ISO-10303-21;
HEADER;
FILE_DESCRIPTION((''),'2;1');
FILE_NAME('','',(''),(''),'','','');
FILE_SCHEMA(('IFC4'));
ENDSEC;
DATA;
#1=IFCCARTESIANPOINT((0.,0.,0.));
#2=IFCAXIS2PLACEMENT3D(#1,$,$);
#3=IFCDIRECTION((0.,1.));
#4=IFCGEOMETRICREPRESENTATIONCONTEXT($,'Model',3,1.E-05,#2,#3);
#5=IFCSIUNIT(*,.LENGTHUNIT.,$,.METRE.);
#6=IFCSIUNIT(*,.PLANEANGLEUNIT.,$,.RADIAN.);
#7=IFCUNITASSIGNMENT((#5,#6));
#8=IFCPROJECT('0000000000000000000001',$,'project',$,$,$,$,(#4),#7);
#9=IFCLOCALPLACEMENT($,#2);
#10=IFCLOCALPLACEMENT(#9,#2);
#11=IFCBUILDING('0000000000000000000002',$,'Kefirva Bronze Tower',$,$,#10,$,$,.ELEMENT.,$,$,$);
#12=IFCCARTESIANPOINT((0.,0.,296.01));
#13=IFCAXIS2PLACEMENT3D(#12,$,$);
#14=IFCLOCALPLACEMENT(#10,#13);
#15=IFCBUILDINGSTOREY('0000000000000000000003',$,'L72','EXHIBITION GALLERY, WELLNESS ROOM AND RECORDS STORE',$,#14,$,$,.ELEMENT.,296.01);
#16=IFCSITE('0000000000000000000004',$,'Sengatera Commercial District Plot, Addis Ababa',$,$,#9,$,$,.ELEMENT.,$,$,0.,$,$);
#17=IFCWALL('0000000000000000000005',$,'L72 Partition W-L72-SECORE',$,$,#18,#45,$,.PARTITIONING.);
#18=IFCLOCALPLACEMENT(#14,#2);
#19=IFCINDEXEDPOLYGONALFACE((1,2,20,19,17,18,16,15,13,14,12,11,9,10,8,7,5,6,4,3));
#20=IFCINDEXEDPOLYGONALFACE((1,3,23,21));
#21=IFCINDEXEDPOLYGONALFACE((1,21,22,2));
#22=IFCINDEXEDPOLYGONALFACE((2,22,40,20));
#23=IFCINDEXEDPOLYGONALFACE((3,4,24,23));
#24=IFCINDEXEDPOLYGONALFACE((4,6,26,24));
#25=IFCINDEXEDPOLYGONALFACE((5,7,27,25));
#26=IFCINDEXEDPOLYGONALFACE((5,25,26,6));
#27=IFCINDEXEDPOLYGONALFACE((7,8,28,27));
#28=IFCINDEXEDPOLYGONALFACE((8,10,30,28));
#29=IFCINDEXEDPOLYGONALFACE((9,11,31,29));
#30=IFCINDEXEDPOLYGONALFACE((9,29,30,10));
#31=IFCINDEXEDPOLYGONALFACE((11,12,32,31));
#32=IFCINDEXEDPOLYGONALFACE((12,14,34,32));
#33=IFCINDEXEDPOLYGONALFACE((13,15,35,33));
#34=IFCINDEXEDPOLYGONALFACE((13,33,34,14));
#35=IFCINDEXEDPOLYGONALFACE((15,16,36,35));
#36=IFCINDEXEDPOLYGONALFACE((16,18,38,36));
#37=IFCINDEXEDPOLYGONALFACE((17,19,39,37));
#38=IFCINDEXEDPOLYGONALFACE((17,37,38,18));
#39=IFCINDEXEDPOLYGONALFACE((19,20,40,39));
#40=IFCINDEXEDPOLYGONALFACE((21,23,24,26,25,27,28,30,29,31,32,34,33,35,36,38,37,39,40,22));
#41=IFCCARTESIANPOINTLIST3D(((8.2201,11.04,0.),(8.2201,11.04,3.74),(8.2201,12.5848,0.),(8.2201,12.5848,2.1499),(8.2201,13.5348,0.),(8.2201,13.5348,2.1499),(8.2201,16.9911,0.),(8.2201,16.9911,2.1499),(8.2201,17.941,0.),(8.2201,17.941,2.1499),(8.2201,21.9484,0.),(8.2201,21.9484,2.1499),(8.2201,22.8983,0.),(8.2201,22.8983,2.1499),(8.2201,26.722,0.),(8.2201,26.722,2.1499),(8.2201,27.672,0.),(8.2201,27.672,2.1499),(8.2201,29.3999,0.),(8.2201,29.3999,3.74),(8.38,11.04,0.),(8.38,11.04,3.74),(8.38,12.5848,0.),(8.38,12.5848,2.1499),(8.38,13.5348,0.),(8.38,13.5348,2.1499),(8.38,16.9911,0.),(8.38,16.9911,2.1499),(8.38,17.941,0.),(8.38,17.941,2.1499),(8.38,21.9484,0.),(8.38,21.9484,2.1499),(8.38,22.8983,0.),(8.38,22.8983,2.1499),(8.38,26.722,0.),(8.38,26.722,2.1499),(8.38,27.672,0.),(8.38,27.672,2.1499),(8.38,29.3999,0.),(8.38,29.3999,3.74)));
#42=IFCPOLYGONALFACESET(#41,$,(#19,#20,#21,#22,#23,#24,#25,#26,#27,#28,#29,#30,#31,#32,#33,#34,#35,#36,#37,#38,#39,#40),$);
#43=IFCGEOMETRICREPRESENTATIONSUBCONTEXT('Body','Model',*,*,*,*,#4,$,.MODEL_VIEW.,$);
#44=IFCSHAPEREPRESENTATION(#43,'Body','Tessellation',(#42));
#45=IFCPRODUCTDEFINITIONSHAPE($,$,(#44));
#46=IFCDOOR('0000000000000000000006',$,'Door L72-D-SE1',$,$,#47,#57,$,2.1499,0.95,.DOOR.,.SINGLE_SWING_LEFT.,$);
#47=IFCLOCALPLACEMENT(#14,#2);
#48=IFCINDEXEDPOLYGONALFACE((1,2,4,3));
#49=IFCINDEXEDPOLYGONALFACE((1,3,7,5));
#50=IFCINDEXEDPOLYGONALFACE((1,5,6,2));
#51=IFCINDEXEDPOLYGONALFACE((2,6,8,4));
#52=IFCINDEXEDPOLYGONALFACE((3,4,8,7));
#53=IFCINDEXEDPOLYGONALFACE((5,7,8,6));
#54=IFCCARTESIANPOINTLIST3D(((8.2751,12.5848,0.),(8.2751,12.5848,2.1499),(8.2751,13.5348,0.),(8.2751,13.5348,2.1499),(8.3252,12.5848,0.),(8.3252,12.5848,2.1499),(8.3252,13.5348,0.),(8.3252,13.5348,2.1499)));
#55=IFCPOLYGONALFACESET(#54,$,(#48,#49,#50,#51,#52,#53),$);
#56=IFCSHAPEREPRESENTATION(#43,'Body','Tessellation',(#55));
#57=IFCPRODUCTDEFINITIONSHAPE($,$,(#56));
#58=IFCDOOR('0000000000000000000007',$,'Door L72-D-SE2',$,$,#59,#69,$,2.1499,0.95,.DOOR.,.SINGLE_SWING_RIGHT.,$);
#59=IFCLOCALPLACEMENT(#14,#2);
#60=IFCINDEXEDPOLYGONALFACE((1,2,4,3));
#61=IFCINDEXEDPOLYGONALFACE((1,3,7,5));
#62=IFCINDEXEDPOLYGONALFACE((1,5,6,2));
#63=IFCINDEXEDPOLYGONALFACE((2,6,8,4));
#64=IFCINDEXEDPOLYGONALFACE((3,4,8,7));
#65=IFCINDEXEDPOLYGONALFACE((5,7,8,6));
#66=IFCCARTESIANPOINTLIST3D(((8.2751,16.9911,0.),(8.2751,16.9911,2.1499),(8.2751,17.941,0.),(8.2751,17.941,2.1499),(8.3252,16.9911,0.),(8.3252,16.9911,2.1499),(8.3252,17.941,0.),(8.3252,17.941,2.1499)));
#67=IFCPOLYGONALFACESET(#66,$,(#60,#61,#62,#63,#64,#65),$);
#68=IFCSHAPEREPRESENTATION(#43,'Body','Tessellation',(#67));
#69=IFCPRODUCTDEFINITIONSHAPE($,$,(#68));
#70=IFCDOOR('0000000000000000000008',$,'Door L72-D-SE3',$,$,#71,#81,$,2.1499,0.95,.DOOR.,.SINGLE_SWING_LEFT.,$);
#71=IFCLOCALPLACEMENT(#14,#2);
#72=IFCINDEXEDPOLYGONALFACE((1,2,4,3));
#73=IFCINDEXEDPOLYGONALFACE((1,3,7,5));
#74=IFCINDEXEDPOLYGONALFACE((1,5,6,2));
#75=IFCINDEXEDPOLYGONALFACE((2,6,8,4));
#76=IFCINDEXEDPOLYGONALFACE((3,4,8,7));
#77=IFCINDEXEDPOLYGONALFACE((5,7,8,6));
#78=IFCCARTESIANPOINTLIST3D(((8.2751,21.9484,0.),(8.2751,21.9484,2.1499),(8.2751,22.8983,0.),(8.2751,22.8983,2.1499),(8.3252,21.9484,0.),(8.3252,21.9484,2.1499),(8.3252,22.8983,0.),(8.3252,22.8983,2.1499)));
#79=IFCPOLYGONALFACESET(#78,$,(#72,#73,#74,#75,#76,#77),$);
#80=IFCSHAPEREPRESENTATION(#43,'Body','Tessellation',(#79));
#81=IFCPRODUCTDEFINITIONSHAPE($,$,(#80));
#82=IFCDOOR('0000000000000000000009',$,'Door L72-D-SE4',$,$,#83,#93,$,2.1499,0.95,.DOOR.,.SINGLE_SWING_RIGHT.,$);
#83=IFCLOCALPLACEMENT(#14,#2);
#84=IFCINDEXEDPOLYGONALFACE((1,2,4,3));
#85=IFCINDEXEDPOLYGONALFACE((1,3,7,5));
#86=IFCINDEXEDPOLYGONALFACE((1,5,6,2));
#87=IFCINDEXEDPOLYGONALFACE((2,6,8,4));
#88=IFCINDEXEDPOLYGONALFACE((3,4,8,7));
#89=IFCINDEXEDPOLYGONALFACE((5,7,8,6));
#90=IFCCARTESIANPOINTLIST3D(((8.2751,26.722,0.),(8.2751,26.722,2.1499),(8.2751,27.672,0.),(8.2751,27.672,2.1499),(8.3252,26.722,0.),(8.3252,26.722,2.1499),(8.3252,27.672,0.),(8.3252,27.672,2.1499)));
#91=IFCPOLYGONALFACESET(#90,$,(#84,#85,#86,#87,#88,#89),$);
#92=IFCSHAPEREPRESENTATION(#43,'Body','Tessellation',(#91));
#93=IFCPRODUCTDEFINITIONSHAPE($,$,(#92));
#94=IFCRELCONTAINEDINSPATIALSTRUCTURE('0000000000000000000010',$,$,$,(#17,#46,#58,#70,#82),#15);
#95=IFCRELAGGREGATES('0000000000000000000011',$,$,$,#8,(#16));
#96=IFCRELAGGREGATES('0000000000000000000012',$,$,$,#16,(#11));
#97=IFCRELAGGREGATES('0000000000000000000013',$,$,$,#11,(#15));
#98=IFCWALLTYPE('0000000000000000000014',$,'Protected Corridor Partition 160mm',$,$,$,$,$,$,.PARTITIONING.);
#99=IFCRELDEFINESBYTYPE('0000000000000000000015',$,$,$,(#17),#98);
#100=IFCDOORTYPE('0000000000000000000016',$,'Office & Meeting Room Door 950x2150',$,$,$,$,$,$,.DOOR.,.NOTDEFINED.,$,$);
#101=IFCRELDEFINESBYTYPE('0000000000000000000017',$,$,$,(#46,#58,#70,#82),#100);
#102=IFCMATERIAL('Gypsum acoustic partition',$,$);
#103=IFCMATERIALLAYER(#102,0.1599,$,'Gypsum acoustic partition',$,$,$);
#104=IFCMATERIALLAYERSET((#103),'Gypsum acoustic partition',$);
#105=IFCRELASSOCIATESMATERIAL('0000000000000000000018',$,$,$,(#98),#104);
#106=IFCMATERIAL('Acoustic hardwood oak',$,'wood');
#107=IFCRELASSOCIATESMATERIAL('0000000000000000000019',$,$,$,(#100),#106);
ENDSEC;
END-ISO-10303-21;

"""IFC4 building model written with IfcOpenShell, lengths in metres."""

from ifc_helpers import new_model, si_unit, direction, frame, frame_2d, origin, place, context, subcontext, project, spatial, rectangle, extrude, material, layer, layer_set, type_object, element, fill, save


model = new_model("IFC4")

# Units and contexts
model_context = context("Model", 3, precision=1e-05, world=origin(), true_north=direction((0.0, 1.0)))
body_context = subcontext(model_context, "Body", "Model", "MODEL_VIEW")
ifc_project = project(units=[si_unit("LENGTHUNIT", "METRE"), si_unit("PLANEANGLEUNIT", "RADIAN")], contexts=[model_context])

# Site, building, storey
site_placement = place(None, origin())
site = spatial("IfcSite", under=ifc_project, at=site_placement, Name="Sengatera Commercial District Plot, Addis Ababa", CompositionType="ELEMENT", RefElevation=0.0)
building_placement = place(site_placement, origin())
building = spatial("IfcBuilding", under=site, at=building_placement, Name="Kefirva Bronze Tower", CompositionType="ELEMENT")
storey_placement = place(building_placement, frame((0.0, 0.0, 296.01)))
storey = spatial("IfcBuildingStorey", under=building, at=storey_placement, Name="L72", Description="EXHIBITION GALLERY, WELLNESS ROOM AND RECORDS STORE", CompositionType="ELEMENT", Elevation=296.01)

# Shared definitions
ifc_material_1 = material(Name="Gypsum acoustic partition")

# Wall, openings, doors
ifc_layer_1 = layer(ifc_material_1, 0.1599, Name="Gypsum acoustic partition")
ifc_layer_set_1 = layer_set([ifc_layer_1], Name="Gypsum acoustic partition")
wall_type_1 = type_object("IfcWallType", Name="Protected Corridor Partition 160mm", PredefinedType="PARTITIONING", material=ifc_layer_set_1)
wall_1_placement = place(storey_placement, frame((8.3, 11.04, 0.0), z_axis=(0.0, 0.0, 1.0), x_axis=(0.0, 1.0, 0.0)))
wall_1 = element("IfcWall", 1, at=wall_1_placement, inside=storey, type_object=wall_type_1, Name="L72 Partition W-L72-SECORE", PredefinedType="PARTITIONING", context=body_context, shape_type="SweptSolid", body=[
    extrude(rectangle(XDim=18.3599, YDim=0.1599, at=frame_2d((9.1799, 0.0))), origin(), (0.0, 0.0, 1.0), 3.74),
])
opening_1_placement = place(wall_1_placement, frame((1.5447, 0.0, 0.0)))
opening_1 = element("IfcOpeningElement", 2, at=opening_1_placement, cuts=wall_1, PredefinedType="OPENING", context=body_context, shape_type="SweptSolid", body=[
    extrude(rectangle(XDim=0.95, YDim=2.1499, at=frame_2d((0.4751, 1.075))), frame((0.0, 0.0898, 0.0), z_axis=(0.0, -1.0, 0.0), x_axis=(1.0, 0.0, 0.0)), (0.0, 0.0, 1.0), 0.1799),
])
opening_2_placement = place(wall_1_placement, frame((5.9509, 0.0, 0.0)))
opening_2 = element("IfcOpeningElement", 3, at=opening_2_placement, cuts=wall_1, PredefinedType="OPENING", context=body_context, shape_type="SweptSolid", body=[
    extrude(rectangle(XDim=0.95, YDim=2.1499, at=frame_2d((0.4751, 1.075))), frame((0.0, 0.0898, 0.0), z_axis=(0.0, -1.0, 0.0), x_axis=(1.0, 0.0, 0.0)), (0.0, 0.0, 1.0), 0.1799),
])
opening_3_placement = place(wall_1_placement, frame((10.9082, 0.0, 0.0)))
opening_3 = element("IfcOpeningElement", 4, at=opening_3_placement, cuts=wall_1, PredefinedType="OPENING", context=body_context, shape_type="SweptSolid", body=[
    extrude(rectangle(XDim=0.95, YDim=2.1499, at=frame_2d((0.4751, 1.075))), frame((0.0, 0.0898, 0.0), z_axis=(0.0, -1.0, 0.0), x_axis=(1.0, 0.0, 0.0)), (0.0, 0.0, 1.0), 0.1799),
])
opening_4_placement = place(wall_1_placement, frame((15.6819, 0.0, 0.0)))
opening_4 = element("IfcOpeningElement", 5, at=opening_4_placement, cuts=wall_1, PredefinedType="OPENING", context=body_context, shape_type="SweptSolid", body=[
    extrude(rectangle(XDim=0.95, YDim=2.1499, at=frame_2d((0.4751, 1.075))), frame((0.0, 0.0898, 0.0), z_axis=(0.0, -1.0, 0.0), x_axis=(1.0, 0.0, 0.0)), (0.0, 0.0, 1.0), 0.1799),
])
ifc_material_2 = material(Name="Acoustic hardwood oak", Category="wood")
door_type = type_object("IfcDoorType", Name="Office & Meeting Room Door 950x2150", OperationType="NOTDEFINED", PredefinedType="DOOR", material=ifc_material_2)
door_1_placement = place(opening_1_placement, origin())
door_1 = element("IfcDoor", 6, at=door_1_placement, inside=storey, type_object=door_type, Name="Door L72-D-SE1", OperationType="SINGLE_SWING_LEFT", OverallHeight=2.1499, OverallWidth=0.95, PredefinedType="DOOR", context=body_context, shape_type="SweptSolid", body=[
    extrude(rectangle(XDim=0.95, YDim=2.1499, at=frame_2d((0.4751, 1.075))), frame((0.0, 0.0249, 0.0), z_axis=(0.0, -1.0, 0.0), x_axis=(1.0, 0.0, 0.0)), (0.0, 0.0, 1.0), 0.05),
])
fill(opening_1, door_1)
door_2_placement = place(opening_2_placement, origin())
door_2 = element("IfcDoor", 7, at=door_2_placement, inside=storey, type_object=door_type, Name="Door L72-D-SE2", OperationType="SINGLE_SWING_RIGHT", OverallHeight=2.1499, OverallWidth=0.95, PredefinedType="DOOR", context=body_context, shape_type="SweptSolid", body=[
    extrude(rectangle(XDim=0.95, YDim=2.1499, at=frame_2d((0.4751, 1.075))), frame((0.0, 0.0249, 0.0), z_axis=(0.0, -1.0, 0.0), x_axis=(1.0, 0.0, 0.0)), (0.0, 0.0, 1.0), 0.05),
])
fill(opening_2, door_2)
door_3_placement = place(opening_3_placement, origin())
door_3 = element("IfcDoor", 8, at=door_3_placement, inside=storey, type_object=door_type, Name="Door L72-D-SE3", OperationType="SINGLE_SWING_LEFT", OverallHeight=2.1499, OverallWidth=0.95, PredefinedType="DOOR", context=body_context, shape_type="SweptSolid", body=[
    extrude(rectangle(XDim=0.95, YDim=2.1499, at=frame_2d((0.4751, 1.075))), frame((0.0, 0.0249, 0.0), z_axis=(0.0, -1.0, 0.0), x_axis=(1.0, 0.0, 0.0)), (0.0, 0.0, 1.0), 0.05),
])
fill(opening_3, door_3)
door_4_placement = place(opening_4_placement, origin())
door_4 = element("IfcDoor", 9, at=door_4_placement, inside=storey, type_object=door_type, Name="Door L72-D-SE4", OperationType="SINGLE_SWING_RIGHT", OverallHeight=2.1499, OverallWidth=0.95, PredefinedType="DOOR", context=body_context, shape_type="SweptSolid", body=[
    extrude(rectangle(XDim=0.95, YDim=2.1499, at=frame_2d((0.4751, 1.075))), frame((0.0, 0.0249, 0.0), z_axis=(0.0, -1.0, 0.0), x_axis=(1.0, 0.0, 0.0)), (0.0, 0.0, 1.0), 0.05),
])
fill(opening_4, door_4)

save(model, "model.ifc")
